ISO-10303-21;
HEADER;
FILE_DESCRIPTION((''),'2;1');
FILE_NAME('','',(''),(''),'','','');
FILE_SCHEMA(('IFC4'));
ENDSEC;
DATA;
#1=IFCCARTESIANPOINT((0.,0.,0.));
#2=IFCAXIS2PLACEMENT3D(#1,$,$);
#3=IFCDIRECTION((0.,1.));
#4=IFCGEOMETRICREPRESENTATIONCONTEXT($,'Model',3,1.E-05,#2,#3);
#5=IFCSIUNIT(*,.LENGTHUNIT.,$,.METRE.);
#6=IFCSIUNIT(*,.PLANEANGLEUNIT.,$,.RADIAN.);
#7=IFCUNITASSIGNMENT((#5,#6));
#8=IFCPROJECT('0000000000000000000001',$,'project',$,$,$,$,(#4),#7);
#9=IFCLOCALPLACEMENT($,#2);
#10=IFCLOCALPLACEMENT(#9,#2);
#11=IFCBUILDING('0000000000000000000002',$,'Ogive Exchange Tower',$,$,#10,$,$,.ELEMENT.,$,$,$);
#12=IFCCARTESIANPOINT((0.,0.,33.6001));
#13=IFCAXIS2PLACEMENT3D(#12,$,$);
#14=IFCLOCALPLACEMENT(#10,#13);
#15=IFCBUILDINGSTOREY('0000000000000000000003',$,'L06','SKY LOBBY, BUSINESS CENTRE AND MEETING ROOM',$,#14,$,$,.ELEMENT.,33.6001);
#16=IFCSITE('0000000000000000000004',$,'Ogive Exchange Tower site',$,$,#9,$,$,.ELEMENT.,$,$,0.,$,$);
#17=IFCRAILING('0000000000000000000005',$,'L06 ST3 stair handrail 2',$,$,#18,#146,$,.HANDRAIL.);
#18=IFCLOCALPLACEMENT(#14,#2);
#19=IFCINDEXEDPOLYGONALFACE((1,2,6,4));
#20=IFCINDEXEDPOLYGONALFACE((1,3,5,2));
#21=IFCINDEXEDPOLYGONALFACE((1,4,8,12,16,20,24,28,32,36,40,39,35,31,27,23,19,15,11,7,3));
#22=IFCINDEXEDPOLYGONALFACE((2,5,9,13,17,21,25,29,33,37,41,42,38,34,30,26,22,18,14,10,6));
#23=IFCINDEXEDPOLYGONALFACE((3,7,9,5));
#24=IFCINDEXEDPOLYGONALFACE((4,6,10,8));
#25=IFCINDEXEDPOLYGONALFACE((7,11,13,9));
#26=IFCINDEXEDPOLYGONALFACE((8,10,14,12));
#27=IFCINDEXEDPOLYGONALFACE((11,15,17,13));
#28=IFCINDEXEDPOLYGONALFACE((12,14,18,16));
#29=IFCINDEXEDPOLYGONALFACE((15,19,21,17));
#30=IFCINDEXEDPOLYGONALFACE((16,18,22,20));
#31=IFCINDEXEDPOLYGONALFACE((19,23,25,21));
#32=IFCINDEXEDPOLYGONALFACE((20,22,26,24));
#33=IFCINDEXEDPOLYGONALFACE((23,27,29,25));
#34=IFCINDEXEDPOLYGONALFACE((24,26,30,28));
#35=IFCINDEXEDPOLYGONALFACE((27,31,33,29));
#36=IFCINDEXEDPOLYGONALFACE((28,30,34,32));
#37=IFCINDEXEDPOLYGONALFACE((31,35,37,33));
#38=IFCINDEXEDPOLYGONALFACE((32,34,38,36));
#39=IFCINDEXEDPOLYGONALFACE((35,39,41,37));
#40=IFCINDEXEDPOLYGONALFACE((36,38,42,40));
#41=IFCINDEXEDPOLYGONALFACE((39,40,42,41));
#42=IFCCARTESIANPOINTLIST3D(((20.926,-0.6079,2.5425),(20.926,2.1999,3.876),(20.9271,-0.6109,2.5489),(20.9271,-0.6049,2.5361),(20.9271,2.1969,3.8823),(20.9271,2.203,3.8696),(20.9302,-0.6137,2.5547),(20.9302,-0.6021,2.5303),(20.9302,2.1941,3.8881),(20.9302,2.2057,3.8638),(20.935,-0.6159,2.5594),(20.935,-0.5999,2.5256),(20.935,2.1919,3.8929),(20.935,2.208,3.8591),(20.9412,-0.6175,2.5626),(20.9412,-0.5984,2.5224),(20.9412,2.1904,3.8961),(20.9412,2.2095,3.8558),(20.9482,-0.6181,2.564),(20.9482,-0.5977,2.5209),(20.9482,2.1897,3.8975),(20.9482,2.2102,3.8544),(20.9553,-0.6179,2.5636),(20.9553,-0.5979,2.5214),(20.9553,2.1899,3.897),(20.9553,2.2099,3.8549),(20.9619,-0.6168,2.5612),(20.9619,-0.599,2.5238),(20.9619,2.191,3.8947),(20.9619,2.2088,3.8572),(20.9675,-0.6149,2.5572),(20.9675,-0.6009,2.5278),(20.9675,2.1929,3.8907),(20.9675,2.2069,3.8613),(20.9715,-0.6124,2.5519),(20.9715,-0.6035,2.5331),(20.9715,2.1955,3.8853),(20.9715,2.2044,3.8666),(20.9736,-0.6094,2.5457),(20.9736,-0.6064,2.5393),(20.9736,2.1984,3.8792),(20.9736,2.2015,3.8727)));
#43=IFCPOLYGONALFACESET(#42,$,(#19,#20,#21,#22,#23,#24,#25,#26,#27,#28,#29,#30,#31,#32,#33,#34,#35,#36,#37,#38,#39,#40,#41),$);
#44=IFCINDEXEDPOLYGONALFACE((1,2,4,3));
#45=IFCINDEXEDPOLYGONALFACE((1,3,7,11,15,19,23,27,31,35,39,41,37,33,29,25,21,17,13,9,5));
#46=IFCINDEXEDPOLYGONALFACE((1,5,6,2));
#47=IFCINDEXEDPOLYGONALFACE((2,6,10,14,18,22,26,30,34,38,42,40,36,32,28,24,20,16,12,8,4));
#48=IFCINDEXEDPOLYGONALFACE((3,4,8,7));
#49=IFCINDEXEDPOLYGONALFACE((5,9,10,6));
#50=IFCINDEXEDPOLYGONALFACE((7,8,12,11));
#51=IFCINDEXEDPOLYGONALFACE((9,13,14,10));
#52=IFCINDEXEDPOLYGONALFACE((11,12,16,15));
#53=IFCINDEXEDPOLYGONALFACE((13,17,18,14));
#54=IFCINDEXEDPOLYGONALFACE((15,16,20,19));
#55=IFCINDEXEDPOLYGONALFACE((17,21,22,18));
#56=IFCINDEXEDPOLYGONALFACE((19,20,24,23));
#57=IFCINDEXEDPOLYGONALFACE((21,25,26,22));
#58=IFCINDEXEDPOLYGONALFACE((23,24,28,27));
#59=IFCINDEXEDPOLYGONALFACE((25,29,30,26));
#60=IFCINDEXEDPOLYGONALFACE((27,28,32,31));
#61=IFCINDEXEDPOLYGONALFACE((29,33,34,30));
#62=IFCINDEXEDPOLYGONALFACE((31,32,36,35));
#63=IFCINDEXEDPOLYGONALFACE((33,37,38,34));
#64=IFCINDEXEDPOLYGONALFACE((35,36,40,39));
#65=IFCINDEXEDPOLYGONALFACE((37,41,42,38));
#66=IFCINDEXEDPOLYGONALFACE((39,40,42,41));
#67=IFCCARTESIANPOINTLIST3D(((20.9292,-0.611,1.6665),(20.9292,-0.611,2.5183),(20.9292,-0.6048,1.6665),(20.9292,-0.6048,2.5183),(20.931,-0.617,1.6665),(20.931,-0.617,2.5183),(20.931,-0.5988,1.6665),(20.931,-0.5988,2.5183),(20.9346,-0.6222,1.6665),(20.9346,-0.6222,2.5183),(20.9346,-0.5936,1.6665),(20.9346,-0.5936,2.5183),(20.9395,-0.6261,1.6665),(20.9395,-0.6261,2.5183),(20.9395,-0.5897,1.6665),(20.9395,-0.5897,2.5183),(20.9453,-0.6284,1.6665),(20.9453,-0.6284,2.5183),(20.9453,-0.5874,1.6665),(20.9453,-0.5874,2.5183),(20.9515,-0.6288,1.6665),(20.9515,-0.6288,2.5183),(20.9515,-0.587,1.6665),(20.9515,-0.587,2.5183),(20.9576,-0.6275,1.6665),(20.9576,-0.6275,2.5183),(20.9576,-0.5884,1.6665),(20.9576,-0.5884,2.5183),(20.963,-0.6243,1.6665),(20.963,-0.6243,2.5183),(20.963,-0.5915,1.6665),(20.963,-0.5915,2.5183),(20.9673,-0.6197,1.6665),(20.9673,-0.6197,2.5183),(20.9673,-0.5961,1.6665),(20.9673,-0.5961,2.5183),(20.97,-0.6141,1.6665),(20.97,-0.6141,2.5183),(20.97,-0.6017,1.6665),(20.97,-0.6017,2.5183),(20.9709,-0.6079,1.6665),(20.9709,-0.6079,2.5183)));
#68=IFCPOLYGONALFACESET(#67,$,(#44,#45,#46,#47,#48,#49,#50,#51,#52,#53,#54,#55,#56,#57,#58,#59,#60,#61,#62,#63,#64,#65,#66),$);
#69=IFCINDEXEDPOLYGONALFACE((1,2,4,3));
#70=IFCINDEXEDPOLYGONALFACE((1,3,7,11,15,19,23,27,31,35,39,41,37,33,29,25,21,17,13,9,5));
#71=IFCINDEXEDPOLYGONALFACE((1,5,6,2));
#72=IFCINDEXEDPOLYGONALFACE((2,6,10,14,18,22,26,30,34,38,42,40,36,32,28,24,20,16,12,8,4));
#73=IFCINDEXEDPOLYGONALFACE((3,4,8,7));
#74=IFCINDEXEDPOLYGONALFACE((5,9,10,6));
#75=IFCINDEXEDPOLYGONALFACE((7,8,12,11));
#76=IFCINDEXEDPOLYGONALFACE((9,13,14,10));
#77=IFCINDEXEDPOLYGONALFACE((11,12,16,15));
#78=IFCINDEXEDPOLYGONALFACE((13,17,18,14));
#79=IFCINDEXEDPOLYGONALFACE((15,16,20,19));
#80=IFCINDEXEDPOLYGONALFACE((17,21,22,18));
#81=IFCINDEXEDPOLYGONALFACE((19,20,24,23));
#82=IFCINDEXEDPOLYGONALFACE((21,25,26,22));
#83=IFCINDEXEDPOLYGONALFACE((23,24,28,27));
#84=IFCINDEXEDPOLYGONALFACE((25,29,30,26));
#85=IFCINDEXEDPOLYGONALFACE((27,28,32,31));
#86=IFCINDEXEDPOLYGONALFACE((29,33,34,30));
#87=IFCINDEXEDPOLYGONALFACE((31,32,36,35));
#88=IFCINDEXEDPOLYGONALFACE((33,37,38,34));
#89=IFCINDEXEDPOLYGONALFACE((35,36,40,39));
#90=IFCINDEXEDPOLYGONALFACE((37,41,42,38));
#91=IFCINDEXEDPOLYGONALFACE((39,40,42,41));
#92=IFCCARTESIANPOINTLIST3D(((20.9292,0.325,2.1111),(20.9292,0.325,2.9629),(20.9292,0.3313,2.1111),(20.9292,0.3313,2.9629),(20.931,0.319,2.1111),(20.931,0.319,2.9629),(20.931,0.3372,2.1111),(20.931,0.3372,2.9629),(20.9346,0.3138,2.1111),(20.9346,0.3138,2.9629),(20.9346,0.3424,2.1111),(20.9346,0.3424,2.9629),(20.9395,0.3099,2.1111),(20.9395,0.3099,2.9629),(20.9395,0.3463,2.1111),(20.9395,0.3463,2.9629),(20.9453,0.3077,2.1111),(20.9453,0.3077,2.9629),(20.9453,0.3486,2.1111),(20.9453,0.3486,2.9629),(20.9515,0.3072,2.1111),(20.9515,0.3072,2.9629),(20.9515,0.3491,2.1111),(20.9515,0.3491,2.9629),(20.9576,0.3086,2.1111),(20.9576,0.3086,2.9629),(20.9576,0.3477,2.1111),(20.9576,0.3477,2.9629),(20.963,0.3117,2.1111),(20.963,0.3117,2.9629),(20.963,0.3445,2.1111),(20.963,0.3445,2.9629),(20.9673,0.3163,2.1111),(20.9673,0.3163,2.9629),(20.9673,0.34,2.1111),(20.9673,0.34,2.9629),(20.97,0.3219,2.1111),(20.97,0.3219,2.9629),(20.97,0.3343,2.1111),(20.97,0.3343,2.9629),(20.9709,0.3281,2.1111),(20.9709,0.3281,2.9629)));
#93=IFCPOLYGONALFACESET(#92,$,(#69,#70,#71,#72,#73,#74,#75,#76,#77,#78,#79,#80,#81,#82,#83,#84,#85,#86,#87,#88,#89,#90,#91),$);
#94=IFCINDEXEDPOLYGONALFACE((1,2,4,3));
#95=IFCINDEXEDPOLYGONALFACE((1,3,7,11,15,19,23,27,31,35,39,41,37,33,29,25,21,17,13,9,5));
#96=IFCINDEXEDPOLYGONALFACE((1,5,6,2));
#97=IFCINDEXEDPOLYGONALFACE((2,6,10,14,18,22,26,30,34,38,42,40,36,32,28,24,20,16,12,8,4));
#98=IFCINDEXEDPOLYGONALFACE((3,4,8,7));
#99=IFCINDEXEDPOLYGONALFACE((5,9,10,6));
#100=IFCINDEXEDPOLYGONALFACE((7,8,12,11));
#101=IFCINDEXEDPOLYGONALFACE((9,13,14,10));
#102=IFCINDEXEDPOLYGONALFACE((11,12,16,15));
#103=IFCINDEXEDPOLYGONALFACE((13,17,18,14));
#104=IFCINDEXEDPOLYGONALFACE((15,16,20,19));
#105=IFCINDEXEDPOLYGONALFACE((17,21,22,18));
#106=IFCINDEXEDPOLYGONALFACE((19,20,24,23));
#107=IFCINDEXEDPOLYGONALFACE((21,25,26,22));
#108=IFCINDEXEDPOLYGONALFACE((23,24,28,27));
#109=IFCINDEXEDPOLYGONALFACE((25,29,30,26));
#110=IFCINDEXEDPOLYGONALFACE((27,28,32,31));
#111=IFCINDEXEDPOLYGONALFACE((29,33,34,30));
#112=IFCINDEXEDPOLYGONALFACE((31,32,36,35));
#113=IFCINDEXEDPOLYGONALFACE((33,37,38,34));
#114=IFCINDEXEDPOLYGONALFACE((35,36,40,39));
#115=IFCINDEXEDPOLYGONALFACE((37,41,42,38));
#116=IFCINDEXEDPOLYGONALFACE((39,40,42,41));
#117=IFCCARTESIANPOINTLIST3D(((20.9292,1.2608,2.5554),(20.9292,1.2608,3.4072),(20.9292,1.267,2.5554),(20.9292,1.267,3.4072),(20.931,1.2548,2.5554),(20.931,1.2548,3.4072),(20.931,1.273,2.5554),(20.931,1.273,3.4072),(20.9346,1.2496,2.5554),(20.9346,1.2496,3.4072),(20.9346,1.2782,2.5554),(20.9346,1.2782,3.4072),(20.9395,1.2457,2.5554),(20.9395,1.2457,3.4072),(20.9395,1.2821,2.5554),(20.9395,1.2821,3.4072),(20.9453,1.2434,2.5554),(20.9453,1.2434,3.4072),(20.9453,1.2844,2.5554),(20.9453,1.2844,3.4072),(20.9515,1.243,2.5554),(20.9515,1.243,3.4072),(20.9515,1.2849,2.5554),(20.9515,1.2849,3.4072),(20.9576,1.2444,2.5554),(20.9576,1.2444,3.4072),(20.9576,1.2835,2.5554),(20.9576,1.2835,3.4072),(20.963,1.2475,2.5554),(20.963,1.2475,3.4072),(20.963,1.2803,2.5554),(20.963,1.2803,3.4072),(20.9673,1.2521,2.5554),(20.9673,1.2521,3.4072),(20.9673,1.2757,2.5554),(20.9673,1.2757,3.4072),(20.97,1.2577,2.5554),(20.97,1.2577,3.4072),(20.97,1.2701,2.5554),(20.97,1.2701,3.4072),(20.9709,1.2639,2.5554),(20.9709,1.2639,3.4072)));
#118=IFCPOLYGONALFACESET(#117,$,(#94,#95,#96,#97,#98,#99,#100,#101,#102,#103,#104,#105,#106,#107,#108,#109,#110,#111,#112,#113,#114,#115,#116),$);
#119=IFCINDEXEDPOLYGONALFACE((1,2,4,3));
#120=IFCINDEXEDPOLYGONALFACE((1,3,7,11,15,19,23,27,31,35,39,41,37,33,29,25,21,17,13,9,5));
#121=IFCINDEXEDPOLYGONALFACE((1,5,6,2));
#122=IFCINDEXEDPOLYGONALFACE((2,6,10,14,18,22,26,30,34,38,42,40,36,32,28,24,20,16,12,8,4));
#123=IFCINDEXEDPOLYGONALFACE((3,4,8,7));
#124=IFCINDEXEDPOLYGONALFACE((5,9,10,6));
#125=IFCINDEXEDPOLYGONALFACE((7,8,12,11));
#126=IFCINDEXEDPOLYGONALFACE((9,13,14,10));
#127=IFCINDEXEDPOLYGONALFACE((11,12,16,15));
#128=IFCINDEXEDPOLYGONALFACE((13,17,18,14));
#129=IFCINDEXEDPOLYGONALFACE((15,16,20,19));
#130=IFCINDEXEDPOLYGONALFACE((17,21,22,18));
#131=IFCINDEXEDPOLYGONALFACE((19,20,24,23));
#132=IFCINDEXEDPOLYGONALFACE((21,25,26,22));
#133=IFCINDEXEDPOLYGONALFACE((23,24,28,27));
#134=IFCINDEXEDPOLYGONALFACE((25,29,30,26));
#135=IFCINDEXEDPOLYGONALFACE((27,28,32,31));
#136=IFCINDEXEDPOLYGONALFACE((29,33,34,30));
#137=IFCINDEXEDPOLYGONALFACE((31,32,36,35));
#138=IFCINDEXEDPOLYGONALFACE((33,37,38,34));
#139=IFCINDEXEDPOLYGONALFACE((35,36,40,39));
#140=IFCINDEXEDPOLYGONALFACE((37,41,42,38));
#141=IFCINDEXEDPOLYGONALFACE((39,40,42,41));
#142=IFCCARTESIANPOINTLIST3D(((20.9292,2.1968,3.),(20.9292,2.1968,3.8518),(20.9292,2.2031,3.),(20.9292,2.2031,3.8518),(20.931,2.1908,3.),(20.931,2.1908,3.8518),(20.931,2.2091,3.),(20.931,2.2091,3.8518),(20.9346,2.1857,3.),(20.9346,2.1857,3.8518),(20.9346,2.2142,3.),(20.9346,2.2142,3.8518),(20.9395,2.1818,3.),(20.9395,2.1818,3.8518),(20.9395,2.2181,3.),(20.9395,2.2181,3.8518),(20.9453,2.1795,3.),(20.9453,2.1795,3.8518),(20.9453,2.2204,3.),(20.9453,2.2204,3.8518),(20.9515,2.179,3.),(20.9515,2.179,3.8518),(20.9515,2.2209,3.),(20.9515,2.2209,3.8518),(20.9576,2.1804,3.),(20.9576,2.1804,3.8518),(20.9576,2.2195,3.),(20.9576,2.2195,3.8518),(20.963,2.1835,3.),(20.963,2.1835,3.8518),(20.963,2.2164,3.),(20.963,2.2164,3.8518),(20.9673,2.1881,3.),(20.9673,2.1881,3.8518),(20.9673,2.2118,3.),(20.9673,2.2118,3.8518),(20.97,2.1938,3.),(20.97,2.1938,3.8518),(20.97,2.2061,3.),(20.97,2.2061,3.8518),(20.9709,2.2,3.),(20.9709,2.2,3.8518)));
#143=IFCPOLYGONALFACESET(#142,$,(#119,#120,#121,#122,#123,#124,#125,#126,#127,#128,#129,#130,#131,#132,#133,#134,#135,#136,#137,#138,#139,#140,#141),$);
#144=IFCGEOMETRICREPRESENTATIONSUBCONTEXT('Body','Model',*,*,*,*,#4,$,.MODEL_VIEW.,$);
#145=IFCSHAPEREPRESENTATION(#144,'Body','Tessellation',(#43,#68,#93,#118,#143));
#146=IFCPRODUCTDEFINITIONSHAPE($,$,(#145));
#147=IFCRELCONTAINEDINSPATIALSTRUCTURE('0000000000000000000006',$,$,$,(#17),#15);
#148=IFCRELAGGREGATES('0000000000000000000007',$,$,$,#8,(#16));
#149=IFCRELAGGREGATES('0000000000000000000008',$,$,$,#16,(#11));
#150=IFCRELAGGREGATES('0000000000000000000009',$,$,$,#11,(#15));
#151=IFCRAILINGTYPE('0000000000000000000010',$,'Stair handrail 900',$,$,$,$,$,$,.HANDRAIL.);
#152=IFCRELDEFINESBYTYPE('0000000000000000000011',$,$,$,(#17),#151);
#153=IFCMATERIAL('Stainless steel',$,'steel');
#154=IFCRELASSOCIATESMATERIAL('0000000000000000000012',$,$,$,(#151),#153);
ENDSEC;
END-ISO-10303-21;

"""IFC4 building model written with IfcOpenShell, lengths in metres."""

from ifc_helpers import new_model, si_unit, direction, frame, origin, origin_2d, place, context, subcontext, project, spatial, circle, extrude, material, type_object, element, save


model = new_model("IFC4")

# Units and contexts
model_context = context("Model", 3, precision=1e-05, world=origin(), true_north=direction((0.0, 1.0)))
body_context = subcontext(model_context, "Body", "Model", "MODEL_VIEW")
ifc_project = project(units=[si_unit("LENGTHUNIT", "METRE"), si_unit("PLANEANGLEUNIT", "RADIAN")], contexts=[model_context])

# Site, building, storey
site_placement = place(None, origin())
site = spatial("IfcSite", under=ifc_project, at=site_placement, Name="Ogive Exchange Tower site", CompositionType="ELEMENT", RefElevation=0.0)
building_placement = place(site_placement, origin())
building = spatial("IfcBuilding", under=site, at=building_placement, Name="Ogive Exchange Tower", CompositionType="ELEMENT")
storey_placement = place(building_placement, frame((0.0, 0.0, 33.6001)))
storey = spatial("IfcBuildingStorey", under=building, at=storey_placement, Name="L06", Description="SKY LOBBY, BUSINESS CENTRE AND MEETING ROOM", CompositionType="ELEMENT", Elevation=33.6001)

# Railing
ifc_material_1 = material(Name="Stainless steel", Category="steel")
railing_type = type_object("IfcRailingType", Name="Stair handrail 900", PredefinedType="HANDRAIL", material=ifc_material_1)
for number, where, name in (
    (1, (20.95, -0.6079, 1.6665), "L06 ST3 stair handrail 2"),
):
    element("IfcRailing", number, at=place(storey_placement, frame(where)), inside=storey, type_object=railing_type, Name=name, PredefinedType="HANDRAIL", context=body_context, shape_type="SweptSolid", body=[
        extrude(circle(Radius=0.0239, at=origin_2d()), frame((0.0, 0.0, 0.876), z_axis=(0.0, 0.903307, 0.428994), x_axis=(-1.0, 0.0, 0.0)), (0.0, 0.0, 1.0), 3.1084),
        extrude(circle(Radius=0.021, at=origin_2d()), origin(), (0.0, 0.0, 1.0), 0.8518),
        extrude(circle(Radius=0.021, at=origin_2d()), frame((0.0, 0.936, 0.4446)), (0.0, 0.0, 1.0), 0.8518),
        extrude(circle(Radius=0.021, at=origin_2d()), frame((0.0, 1.8718, 0.8889)), (0.0, 0.0, 1.0), 0.8518),
        extrude(circle(Radius=0.021, at=origin_2d()), frame((0.0, 2.8079, 1.3335)), (0.0, 0.0, 1.0), 0.8518),
    ])

save(model, "model.ifc")
